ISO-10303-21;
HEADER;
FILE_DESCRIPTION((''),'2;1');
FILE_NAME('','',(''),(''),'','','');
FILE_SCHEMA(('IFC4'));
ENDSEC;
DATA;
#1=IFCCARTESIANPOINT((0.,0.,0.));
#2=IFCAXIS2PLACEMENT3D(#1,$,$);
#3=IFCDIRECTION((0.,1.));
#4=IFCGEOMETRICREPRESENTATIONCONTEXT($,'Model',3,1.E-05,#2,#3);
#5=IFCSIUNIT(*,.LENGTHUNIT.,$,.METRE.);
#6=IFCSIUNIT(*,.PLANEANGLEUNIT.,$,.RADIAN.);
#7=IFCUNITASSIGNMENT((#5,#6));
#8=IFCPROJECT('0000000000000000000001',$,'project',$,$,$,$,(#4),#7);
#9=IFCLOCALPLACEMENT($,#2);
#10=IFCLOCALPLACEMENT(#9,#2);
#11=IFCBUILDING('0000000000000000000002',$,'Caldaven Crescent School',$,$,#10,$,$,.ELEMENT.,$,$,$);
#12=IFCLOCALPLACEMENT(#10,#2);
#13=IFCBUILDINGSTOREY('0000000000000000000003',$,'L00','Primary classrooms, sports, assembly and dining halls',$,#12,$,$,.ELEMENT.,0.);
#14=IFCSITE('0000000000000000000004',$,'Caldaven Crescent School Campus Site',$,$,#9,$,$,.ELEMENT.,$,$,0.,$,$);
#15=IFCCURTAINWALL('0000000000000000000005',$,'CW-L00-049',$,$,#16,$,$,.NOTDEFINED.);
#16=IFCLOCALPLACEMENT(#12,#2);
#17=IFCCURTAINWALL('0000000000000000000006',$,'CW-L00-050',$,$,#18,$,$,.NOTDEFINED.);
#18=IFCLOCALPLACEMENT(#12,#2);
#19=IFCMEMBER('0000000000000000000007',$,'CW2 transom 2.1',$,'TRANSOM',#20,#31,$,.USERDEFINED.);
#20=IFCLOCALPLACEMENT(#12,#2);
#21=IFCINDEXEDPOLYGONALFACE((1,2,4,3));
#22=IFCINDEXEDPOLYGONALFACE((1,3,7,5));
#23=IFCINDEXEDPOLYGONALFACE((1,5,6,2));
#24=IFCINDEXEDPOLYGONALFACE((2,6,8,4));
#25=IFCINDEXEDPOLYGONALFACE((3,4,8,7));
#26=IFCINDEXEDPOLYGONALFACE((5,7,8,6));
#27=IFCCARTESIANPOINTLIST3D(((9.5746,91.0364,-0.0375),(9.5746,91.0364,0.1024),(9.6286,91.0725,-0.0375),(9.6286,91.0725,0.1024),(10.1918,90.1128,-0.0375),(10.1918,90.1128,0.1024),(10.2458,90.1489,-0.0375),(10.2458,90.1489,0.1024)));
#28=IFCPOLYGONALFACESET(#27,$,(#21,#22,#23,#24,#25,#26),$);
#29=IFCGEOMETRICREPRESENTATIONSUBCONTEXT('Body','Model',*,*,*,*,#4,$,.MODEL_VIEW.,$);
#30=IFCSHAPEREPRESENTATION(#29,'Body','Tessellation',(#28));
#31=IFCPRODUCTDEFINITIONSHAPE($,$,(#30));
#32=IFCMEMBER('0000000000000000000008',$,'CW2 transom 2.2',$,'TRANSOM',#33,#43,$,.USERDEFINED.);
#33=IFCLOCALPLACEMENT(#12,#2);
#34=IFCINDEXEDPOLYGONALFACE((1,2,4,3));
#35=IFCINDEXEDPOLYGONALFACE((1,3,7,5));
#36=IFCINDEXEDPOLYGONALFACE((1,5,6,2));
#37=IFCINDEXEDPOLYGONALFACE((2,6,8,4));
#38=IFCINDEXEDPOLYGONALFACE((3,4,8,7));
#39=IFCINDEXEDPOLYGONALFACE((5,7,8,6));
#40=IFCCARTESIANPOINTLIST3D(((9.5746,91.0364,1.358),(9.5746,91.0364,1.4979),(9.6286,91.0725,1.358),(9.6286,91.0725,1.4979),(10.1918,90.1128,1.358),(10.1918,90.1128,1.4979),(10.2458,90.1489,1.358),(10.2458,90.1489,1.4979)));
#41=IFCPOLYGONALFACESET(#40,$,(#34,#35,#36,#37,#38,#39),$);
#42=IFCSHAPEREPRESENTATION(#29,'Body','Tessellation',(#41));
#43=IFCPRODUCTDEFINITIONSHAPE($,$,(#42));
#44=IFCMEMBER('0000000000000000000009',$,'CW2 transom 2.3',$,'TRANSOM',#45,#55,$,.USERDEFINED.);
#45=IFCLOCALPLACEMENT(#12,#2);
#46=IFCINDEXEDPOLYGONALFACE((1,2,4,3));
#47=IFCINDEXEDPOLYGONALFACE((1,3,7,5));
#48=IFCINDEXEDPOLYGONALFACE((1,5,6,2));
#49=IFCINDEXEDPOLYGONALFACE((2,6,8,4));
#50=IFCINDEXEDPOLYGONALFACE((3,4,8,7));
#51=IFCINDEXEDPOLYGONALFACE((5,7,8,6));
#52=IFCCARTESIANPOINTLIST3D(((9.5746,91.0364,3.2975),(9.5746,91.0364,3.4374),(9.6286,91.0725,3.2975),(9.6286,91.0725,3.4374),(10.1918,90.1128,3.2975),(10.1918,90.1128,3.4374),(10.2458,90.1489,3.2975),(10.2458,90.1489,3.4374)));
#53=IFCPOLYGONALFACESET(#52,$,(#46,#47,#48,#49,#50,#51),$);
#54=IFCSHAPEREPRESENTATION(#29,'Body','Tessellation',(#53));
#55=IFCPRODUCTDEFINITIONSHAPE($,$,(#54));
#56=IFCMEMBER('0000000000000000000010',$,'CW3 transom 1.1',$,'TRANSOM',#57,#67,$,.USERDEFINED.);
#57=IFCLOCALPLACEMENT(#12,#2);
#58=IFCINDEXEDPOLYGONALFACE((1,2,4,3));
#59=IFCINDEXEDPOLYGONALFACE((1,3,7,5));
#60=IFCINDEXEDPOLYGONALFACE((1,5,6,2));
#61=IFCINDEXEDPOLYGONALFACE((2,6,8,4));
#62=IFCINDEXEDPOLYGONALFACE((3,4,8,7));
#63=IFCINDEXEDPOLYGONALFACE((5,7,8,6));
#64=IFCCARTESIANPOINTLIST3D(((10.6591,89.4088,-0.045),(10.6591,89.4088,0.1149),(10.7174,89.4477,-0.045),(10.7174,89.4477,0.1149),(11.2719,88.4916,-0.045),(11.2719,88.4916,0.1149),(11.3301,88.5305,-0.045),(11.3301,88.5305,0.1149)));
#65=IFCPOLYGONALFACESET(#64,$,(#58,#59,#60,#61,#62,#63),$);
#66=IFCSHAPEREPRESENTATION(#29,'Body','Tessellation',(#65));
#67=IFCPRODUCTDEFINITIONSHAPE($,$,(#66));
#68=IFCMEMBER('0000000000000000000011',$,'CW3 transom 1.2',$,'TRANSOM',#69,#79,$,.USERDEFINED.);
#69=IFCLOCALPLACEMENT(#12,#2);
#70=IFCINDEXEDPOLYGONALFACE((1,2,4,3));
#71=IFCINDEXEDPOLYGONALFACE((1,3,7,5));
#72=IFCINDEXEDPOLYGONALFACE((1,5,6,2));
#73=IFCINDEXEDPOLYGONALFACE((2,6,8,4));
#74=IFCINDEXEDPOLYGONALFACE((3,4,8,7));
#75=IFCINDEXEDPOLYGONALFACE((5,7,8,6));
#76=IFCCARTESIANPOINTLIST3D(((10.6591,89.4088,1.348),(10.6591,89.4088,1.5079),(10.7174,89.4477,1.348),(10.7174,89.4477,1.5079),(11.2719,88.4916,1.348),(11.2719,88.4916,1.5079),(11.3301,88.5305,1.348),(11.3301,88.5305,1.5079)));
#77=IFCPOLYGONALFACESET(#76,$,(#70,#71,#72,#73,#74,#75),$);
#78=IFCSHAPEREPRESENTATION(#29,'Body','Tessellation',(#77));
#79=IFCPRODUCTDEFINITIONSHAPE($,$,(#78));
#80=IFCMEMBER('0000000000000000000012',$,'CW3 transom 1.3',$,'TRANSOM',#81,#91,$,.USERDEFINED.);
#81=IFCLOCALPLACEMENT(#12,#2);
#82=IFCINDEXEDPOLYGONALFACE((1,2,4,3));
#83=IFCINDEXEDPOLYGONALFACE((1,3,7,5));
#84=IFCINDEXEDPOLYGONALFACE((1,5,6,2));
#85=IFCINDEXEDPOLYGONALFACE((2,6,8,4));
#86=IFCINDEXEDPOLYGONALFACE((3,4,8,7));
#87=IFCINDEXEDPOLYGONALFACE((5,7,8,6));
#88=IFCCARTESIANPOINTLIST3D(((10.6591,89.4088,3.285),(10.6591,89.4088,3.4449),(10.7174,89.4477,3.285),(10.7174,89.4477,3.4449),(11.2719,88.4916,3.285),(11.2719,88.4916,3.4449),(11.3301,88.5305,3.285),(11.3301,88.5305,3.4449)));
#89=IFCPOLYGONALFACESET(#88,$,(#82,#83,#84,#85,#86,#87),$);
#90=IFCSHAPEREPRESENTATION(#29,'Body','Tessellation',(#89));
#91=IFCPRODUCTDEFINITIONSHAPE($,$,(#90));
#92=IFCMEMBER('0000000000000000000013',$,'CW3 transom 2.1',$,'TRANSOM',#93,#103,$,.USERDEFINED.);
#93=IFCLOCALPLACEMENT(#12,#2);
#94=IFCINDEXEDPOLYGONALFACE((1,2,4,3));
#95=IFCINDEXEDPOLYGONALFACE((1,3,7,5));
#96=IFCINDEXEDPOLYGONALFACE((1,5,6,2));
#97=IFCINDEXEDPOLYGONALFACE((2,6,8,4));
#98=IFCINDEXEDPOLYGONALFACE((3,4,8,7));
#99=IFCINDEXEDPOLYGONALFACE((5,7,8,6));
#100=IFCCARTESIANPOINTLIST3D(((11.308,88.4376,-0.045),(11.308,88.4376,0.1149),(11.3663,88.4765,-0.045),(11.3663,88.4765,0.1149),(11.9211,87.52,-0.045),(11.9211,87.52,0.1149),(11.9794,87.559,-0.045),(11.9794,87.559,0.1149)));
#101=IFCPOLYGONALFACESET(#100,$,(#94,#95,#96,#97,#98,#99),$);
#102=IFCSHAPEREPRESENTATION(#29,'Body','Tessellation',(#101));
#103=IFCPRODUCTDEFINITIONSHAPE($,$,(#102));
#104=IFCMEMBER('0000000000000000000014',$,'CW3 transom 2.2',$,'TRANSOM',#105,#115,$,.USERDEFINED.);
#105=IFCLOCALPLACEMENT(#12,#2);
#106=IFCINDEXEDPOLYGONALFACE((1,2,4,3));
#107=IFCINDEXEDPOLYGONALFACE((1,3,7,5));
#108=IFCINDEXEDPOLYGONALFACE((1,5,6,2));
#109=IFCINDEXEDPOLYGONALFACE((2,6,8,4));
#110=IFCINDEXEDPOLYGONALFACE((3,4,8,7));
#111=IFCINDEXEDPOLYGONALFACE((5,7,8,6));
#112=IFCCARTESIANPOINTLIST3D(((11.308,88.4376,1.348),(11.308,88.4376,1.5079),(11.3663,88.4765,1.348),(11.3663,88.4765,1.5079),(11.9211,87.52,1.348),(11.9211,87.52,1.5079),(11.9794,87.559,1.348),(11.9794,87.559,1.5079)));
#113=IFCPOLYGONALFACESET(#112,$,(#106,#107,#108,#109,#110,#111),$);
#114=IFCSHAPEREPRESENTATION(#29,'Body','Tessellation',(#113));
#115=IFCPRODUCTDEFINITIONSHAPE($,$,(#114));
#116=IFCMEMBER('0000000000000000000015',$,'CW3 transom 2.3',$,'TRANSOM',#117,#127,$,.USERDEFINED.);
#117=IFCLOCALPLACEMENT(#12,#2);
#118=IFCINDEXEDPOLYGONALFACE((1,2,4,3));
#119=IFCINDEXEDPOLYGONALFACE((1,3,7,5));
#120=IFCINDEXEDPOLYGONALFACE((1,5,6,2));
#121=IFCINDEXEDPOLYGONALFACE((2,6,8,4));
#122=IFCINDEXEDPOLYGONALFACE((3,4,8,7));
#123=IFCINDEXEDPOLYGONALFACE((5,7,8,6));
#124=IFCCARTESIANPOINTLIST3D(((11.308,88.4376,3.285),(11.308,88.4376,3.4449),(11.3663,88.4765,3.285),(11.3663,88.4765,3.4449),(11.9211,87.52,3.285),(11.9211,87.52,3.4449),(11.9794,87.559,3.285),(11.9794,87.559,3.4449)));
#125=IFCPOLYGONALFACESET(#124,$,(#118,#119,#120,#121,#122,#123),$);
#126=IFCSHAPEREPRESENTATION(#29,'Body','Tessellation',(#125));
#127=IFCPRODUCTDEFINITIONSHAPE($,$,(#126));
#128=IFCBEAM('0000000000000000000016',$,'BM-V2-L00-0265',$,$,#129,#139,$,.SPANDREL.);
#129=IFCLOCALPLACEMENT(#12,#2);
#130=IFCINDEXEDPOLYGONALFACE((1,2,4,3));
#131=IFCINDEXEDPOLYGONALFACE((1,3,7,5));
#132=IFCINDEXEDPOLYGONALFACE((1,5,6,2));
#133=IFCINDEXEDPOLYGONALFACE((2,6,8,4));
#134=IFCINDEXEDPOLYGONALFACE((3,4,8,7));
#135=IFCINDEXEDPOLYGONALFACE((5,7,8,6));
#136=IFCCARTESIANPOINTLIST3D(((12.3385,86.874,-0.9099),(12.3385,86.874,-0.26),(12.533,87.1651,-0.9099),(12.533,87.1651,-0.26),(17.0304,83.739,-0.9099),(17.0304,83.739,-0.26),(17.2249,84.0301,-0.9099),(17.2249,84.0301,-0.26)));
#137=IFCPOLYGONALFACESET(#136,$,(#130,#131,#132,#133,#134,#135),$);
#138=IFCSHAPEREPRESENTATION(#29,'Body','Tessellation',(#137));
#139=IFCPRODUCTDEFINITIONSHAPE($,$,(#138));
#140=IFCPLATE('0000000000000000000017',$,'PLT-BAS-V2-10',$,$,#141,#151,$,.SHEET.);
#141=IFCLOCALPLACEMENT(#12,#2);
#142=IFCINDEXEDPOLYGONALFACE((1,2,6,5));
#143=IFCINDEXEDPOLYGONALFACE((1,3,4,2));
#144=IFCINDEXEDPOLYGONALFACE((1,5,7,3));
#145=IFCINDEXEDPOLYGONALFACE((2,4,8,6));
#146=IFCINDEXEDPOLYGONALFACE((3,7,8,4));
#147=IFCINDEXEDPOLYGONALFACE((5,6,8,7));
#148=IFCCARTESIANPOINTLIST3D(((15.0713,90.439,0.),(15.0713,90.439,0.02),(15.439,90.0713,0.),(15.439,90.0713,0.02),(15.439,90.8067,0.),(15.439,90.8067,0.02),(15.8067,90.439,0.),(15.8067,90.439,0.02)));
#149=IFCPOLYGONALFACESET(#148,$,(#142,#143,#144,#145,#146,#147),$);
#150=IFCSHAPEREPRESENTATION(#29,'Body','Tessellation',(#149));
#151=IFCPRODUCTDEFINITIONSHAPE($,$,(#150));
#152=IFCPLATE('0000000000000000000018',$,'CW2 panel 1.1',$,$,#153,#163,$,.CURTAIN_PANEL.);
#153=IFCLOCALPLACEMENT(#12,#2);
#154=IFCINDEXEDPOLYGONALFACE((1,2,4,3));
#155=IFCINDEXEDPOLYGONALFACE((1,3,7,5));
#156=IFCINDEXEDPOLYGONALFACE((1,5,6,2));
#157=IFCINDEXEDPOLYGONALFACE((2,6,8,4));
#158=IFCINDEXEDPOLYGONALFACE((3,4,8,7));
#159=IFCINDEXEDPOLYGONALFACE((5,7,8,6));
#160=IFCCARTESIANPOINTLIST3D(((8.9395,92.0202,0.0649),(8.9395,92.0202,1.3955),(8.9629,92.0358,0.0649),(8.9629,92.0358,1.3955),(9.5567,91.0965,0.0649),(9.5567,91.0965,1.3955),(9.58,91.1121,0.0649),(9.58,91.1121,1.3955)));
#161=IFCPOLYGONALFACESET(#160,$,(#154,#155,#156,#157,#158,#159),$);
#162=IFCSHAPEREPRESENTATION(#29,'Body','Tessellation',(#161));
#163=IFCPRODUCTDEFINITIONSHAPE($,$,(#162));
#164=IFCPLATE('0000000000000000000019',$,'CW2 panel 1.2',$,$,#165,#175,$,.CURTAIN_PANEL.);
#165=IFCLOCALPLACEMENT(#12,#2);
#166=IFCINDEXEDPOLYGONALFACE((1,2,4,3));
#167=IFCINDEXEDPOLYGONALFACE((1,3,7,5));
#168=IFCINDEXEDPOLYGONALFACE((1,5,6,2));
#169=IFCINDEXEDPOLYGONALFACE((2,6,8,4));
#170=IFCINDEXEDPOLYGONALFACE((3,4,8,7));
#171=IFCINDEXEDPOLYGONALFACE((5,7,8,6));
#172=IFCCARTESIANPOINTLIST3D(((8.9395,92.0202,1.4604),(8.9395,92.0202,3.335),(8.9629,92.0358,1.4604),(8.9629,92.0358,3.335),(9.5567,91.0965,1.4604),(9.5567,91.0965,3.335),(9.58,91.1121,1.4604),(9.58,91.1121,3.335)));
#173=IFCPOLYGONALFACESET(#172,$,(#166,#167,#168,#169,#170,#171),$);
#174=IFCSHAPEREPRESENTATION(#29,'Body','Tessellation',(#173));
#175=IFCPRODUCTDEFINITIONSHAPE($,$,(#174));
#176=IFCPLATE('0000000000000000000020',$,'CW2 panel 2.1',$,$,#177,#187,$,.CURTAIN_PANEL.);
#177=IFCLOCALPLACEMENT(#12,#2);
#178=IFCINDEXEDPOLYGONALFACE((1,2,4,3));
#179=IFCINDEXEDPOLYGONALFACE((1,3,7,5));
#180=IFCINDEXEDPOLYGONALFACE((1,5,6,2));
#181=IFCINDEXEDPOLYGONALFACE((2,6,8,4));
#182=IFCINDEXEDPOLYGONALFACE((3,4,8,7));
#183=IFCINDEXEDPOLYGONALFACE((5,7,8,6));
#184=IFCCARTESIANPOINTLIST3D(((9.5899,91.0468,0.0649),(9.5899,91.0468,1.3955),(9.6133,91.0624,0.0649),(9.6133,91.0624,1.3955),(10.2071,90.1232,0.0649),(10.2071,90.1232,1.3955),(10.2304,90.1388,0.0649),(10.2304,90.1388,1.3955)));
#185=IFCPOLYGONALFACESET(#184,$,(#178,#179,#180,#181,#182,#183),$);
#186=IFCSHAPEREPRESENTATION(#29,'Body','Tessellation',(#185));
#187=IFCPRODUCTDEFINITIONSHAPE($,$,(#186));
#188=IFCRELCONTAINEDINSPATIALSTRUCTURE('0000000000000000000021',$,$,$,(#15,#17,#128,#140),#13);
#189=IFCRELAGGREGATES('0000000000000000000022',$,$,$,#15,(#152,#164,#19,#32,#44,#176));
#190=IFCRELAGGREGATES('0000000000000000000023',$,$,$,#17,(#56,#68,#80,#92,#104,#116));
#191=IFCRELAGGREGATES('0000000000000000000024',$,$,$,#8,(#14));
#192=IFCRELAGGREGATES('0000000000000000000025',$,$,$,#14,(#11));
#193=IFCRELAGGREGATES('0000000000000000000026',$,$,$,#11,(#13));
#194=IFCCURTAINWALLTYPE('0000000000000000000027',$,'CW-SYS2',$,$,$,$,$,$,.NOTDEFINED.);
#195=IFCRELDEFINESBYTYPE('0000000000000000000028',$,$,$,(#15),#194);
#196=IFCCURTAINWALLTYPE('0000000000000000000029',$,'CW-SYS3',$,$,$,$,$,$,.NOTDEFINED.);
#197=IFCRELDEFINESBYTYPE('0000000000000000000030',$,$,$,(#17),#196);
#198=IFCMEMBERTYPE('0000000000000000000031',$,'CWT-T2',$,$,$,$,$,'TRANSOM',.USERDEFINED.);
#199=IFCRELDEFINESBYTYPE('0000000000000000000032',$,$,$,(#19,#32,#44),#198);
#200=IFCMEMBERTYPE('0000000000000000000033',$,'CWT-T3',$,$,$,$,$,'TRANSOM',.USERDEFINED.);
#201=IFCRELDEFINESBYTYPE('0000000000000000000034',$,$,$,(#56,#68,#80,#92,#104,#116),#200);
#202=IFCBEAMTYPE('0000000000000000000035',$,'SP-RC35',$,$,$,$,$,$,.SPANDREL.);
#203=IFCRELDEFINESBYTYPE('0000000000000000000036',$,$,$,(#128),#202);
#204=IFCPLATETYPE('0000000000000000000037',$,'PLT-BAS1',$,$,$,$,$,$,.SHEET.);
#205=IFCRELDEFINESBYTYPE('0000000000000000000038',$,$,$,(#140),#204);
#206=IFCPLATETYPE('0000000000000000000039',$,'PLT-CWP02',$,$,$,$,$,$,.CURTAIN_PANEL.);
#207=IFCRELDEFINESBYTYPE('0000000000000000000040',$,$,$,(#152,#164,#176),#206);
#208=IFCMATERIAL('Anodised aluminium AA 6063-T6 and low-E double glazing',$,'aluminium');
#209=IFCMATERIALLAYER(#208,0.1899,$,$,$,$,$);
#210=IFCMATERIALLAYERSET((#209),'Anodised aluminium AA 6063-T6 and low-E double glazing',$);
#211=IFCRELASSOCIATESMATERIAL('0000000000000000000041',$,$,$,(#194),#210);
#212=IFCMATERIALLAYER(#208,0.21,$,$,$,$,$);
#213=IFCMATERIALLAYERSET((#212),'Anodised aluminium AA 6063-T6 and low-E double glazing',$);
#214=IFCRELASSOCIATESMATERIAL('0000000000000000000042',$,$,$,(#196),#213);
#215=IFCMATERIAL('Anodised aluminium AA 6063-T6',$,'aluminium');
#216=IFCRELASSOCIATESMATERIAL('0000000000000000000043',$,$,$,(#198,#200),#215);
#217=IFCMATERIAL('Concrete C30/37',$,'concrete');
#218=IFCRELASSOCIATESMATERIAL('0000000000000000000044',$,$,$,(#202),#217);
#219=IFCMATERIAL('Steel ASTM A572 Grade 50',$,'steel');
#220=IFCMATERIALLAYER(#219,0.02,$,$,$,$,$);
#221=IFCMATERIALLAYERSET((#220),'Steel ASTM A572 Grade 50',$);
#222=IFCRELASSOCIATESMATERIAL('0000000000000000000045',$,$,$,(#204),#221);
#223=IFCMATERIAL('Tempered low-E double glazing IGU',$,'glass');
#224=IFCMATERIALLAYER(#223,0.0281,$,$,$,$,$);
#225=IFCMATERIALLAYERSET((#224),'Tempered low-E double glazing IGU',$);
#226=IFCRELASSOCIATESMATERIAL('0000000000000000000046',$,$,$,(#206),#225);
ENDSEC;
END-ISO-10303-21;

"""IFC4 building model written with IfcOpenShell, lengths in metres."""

from ifc_helpers import new_model, si_unit, direction, frame, origin, origin_2d, place, context, subcontext, project, spatial, rectangle, extrude, material, layer, layer_set, material_profile, profile_set, type_object, element, aggregate, save


model = new_model("IFC4")

# Units and contexts
model_context = context("Model", 3, precision=1e-05, world=origin(), true_north=direction((0.0, 1.0)))
body_context = subcontext(model_context, "Body", "Model", "MODEL_VIEW")
ifc_project = project(units=[si_unit("LENGTHUNIT", "METRE"), si_unit("PLANEANGLEUNIT", "RADIAN")], contexts=[model_context])

# Site, building, storey
site_placement = place(None, origin())
site = spatial("IfcSite", under=ifc_project, at=site_placement, Name="Caldaven Crescent School Campus Site", CompositionType="ELEMENT", RefElevation=0.0)
building_placement = place(site_placement, origin())
building = spatial("IfcBuilding", under=site, at=building_placement, Name="Caldaven Crescent School", CompositionType="ELEMENT")
storey_placement = place(building_placement, origin())
storey = spatial("IfcBuildingStorey", under=building, at=storey_placement, Name="L00", Description="Primary classrooms, sports, assembly and dining halls", CompositionType="ELEMENT", Elevation=0.0)

# Shared definitions
ifc_material_1 = material(Name="Concrete C30/37", Category="concrete")

# Curtain walls
ifc_material_2 = material(Name="Anodised aluminium AA 6063-T6 and low-E double glazing", Category="aluminium")
ifc_layer_1 = layer(ifc_material_2, 0.1899)
ifc_layer_set_1 = layer_set([ifc_layer_1], Name="Anodised aluminium AA 6063-T6 and low-E double glazing")
curtain_wall_type_1 = type_object("IfcCurtainWallType", Name="CW-SYS2", PredefinedType="NOTDEFINED", material=ifc_layer_set_1)
curtain_wall_1_placement = place(storey_placement, origin())
curtain_wall_1 = element("IfcCurtainWall", 1, at=curtain_wall_1_placement, inside=storey, type_object=curtain_wall_type_1, Name="CW-L00-049", PredefinedType="NOTDEFINED")
ifc_material_3 = material(Name="Anodised aluminium AA 6063-T6", Category="aluminium")
ifc_layer_2 = layer(ifc_material_2, 0.21)
ifc_layer_set_2 = layer_set([ifc_layer_2], Name="Anodised aluminium AA 6063-T6 and low-E double glazing")
curtain_wall_type_2 = type_object("IfcCurtainWallType", Name="CW-SYS3", PredefinedType="NOTDEFINED", material=ifc_layer_set_2)
curtain_wall_2_placement = place(storey_placement, origin())
curtain_wall_2 = element("IfcCurtainWall", 2, at=curtain_wall_2_placement, inside=storey, type_object=curtain_wall_type_2, Name="CW-L00-050", PredefinedType="NOTDEFINED")

# Members
ifc_material_profile_1 = material_profile(ifc_material_3, rectangle(XDim=0.0649, YDim=0.1399, at=origin_2d()), Name="CWT 65x140")
ifc_profile_set_1 = profile_set([ifc_material_profile_1], Name="Anodised aluminium AA 6063-T6")
member_type_1 = type_object("IfcMemberType", Name="CWT-T2", ElementType="TRANSOM", PredefinedType="USERDEFINED", material=ifc_profile_set_1)
member_1_placement = place(storey_placement, frame((9.6016, 91.0544, 0.0325), z_axis=(0.555613, -0.831441, 0.0), x_axis=(0.831441, 0.555613, 0.0)))
member_1 = element("IfcMember", 3, at=member_1_placement, type_object=member_type_1, Name="CW2 transom 2.1", ObjectType="TRANSOM", PredefinedType="USERDEFINED", context=body_context, shape_type="SweptSolid", body=[
    extrude(rectangle(XDim=0.0649, YDim=0.1399, at=origin_2d()), origin(), (0.0, 0.0, 1.0), 1.1108),
])
member_2_placement = place(storey_placement, frame((9.6016, 91.0544, 1.428), z_axis=(0.555613, -0.831441, 0.0), x_axis=(0.831441, 0.555613, 0.0)))
member_2 = element("IfcMember", 4, at=member_2_placement, type_object=member_type_1, Name="CW2 transom 2.2", ObjectType="TRANSOM", PredefinedType="USERDEFINED", context=body_context, shape_type="SweptSolid", body=[
    extrude(rectangle(XDim=0.0649, YDim=0.1399, at=origin_2d()), origin(), (0.0, 0.0, 1.0), 1.1108),
])
member_3_placement = place(storey_placement, frame((9.6016, 91.0544, 3.3674), z_axis=(0.555613, -0.831441, 0.0), x_axis=(0.831441, 0.555613, 0.0)))
member_3 = element("IfcMember", 5, at=member_3_placement, type_object=member_type_1, Name="CW2 transom 2.3", ObjectType="TRANSOM", PredefinedType="USERDEFINED", context=body_context, shape_type="SweptSolid", body=[
    extrude(rectangle(XDim=0.0649, YDim=0.1399, at=origin_2d()), origin(), (0.0, 0.0, 1.0), 1.1108),
])
ifc_material_profile_2 = material_profile(ifc_material_3, rectangle(XDim=0.0701, YDim=0.1599, at=origin_2d()), Name="CWT 70x160")
ifc_profile_set_2 = profile_set([ifc_material_profile_2], Name="Anodised aluminium AA 6063-T6")
member_type_2 = type_object("IfcMemberType", Name="CWT-T3", ElementType="TRANSOM", PredefinedType="USERDEFINED", material=ifc_profile_set_2)
member_4_placement = place(storey_placement, frame((10.6882, 89.4282, 0.0349), z_axis=(0.555517, -0.831505, 0.0), x_axis=(0.831505, 0.555517, 0.0)))
member_4 = element("IfcMember", 6, at=member_4_placement, type_object=member_type_2, Name="CW3 transom 1.1", ObjectType="TRANSOM", PredefinedType="USERDEFINED", context=body_context, shape_type="SweptSolid", body=[
    extrude(rectangle(XDim=0.0701, YDim=0.1599, at=origin_2d()), origin(), (0.0, 0.0, 1.0), 1.103),
])
member_5_placement = place(storey_placement, frame((10.6882, 89.4282, 1.428), z_axis=(0.555517, -0.831505, 0.0), x_axis=(0.831505, 0.555517, 0.0)))
member_5 = element("IfcMember", 7, at=member_5_placement, type_object=member_type_2, Name="CW3 transom 1.2", ObjectType="TRANSOM", PredefinedType="USERDEFINED", context=body_context, shape_type="SweptSolid", body=[
    extrude(rectangle(XDim=0.0701, YDim=0.1599, at=origin_2d()), origin(), (0.0, 0.0, 1.0), 1.103),
])
member_6_placement = place(storey_placement, frame((10.6882, 89.4282, 3.365), z_axis=(0.555517, -0.831505, 0.0), x_axis=(0.831505, 0.555517, 0.0)))
member_6 = element("IfcMember", 8, at=member_6_placement, type_object=member_type_2, Name="CW3 transom 1.3", ObjectType="TRANSOM", PredefinedType="USERDEFINED", context=body_context, shape_type="SweptSolid", body=[
    extrude(rectangle(XDim=0.0701, YDim=0.1599, at=origin_2d()), origin(), (0.0, 0.0, 1.0), 1.103),
])
member_7_placement = place(storey_placement, frame((11.3372, 88.457, 0.0349), z_axis=(0.555568, -0.831471, 0.0), x_axis=(0.831471, 0.555568, 0.0)))
member_7 = element("IfcMember", 9, at=member_7_placement, type_object=member_type_2, Name="CW3 transom 2.1", ObjectType="TRANSOM", PredefinedType="USERDEFINED", context=body_context, shape_type="SweptSolid", body=[
    extrude(rectangle(XDim=0.0701, YDim=0.1599, at=origin_2d()), origin(), (0.0, 0.0, 1.0), 1.1035),
])
member_8_placement = place(storey_placement, frame((11.3372, 88.457, 1.428), z_axis=(0.555568, -0.831471, 0.0), x_axis=(0.831471, 0.555568, 0.0)))
member_8 = element("IfcMember", 10, at=member_8_placement, type_object=member_type_2, Name="CW3 transom 2.2", ObjectType="TRANSOM", PredefinedType="USERDEFINED", context=body_context, shape_type="SweptSolid", body=[
    extrude(rectangle(XDim=0.0701, YDim=0.1599, at=origin_2d()), origin(), (0.0, 0.0, 1.0), 1.1035),
])
member_9_placement = place(storey_placement, frame((11.3372, 88.457, 3.365), z_axis=(0.555568, -0.831471, 0.0), x_axis=(0.831471, 0.555568, 0.0)))
member_9 = element("IfcMember", 11, at=member_9_placement, type_object=member_type_2, Name="CW3 transom 2.3", ObjectType="TRANSOM", PredefinedType="USERDEFINED", context=body_context, shape_type="SweptSolid", body=[
    extrude(rectangle(XDim=0.0701, YDim=0.1599, at=origin_2d()), origin(), (0.0, 0.0, 1.0), 1.1035),
])

# Beam
ifc_material_profile_3 = material_profile(ifc_material_1, rectangle(XDim=0.3501, YDim=0.6499, at=origin_2d()), Name="RC 350x650")
ifc_profile_set_3 = profile_set([ifc_material_profile_3], Name="Concrete C30/37")
beam_type_1 = type_object("IfcBeamType", Name="SP-RC35", PredefinedType="SPANDREL", material=ifc_profile_set_3)
beam_1_placement = place(storey_placement, frame((12.4358, 87.0195, -0.585), z_axis=(0.831471, -0.555569, 0.0), x_axis=(0.555569, 0.831471, 0.0)))
element("IfcBeam", 12, at=beam_1_placement, inside=storey, type_object=beam_type_1, Name="BM-V2-L00-0265", PredefinedType="SPANDREL", context=body_context, shape_type="SweptSolid", body=[
    extrude(rectangle(XDim=0.3501, YDim=0.6499, at=origin_2d()), origin(), (0.0, 0.0, 1.0), 5.6428),
])

# Plates
ifc_material_4 = material(Name="Steel ASTM A572 Grade 50", Category="steel")
ifc_layer_3 = layer(ifc_material_4, 0.02)
ifc_layer_set_3 = layer_set([ifc_layer_3], Name="Steel ASTM A572 Grade 50")
plate_type_1 = type_object("IfcPlateType", Name="PLT-BAS1", PredefinedType="SHEET", material=ifc_layer_set_3)
plate_1_placement = place(storey_placement, frame((15.439, 90.439, 0.0), z_axis=(0.0, 0.0, 1.0), x_axis=(-0.707107, -0.707107, 0.0)))
element("IfcPlate", 13, at=plate_1_placement, inside=storey, type_object=plate_type_1, Name="PLT-BAS-V2-10", PredefinedType="SHEET", context=body_context, shape_type="SweptSolid", body=[
    extrude(rectangle(XDim=0.52, YDim=0.52, at=origin_2d()), origin(), (0.0, 0.0, 1.0), 0.02),
])
ifc_material_5 = material(Name="Tempered low-E double glazing IGU", Category="glass")
ifc_layer_4 = layer(ifc_material_5, 0.0281)
ifc_layer_set_4 = layer_set([ifc_layer_4], Name="Tempered low-E double glazing IGU")
plate_type_2 = type_object("IfcPlateType", Name="PLT-CWP02", PredefinedType="CURTAIN_PANEL", material=ifc_layer_set_4)
plate_2_placement = place(storey_placement, frame((9.2598, 91.5662, 0.0649), z_axis=(0.0, 0.0, 1.0), x_axis=(0.55557, -0.83147, 0.0)))
plate_2 = element("IfcPlate", 14, at=plate_2_placement, type_object=plate_type_2, Name="CW2 panel 1.1", PredefinedType="CURTAIN_PANEL", context=body_context, shape_type="SweptSolid", body=[
    extrude(rectangle(XDim=1.1108, YDim=0.0281, at=origin_2d()), origin(), (0.0, 0.0, 1.0), 1.3306),
])
plate_3_placement = place(storey_placement, frame((9.2598, 91.5662, 1.4604), z_axis=(0.0, 0.0, 1.0), x_axis=(0.55557, -0.83147, 0.0)))
plate_3 = element("IfcPlate", 15, at=plate_3_placement, type_object=plate_type_2, Name="CW2 panel 1.2", PredefinedType="CURTAIN_PANEL", context=body_context, shape_type="SweptSolid", body=[
    extrude(rectangle(XDim=1.1108, YDim=0.0281, at=origin_2d()), origin(), (0.0, 0.0, 1.0), 1.8745),
])
plate_4_placement = place(storey_placement, frame((9.9102, 90.5928, 0.0649), z_axis=(0.0, 0.0, 1.0), x_axis=(0.55557, -0.83147, 0.0)))
plate_4 = element("IfcPlate", 16, at=plate_4_placement, type_object=plate_type_2, Name="CW2 panel 2.1", PredefinedType="CURTAIN_PANEL", context=body_context, shape_type="SweptSolid", body=[
    extrude(rectangle(XDim=1.1108, YDim=0.0281, at=origin_2d()), origin(), (0.0, 0.0, 1.0), 1.3306),
])
aggregate(curtain_wall_1, [plate_2, plate_3, member_1, member_2, member_3, plate_4])
aggregate(curtain_wall_2, [member_4, member_5, member_6, member_7, member_8, member_9])

save(model, "model.ifc")
